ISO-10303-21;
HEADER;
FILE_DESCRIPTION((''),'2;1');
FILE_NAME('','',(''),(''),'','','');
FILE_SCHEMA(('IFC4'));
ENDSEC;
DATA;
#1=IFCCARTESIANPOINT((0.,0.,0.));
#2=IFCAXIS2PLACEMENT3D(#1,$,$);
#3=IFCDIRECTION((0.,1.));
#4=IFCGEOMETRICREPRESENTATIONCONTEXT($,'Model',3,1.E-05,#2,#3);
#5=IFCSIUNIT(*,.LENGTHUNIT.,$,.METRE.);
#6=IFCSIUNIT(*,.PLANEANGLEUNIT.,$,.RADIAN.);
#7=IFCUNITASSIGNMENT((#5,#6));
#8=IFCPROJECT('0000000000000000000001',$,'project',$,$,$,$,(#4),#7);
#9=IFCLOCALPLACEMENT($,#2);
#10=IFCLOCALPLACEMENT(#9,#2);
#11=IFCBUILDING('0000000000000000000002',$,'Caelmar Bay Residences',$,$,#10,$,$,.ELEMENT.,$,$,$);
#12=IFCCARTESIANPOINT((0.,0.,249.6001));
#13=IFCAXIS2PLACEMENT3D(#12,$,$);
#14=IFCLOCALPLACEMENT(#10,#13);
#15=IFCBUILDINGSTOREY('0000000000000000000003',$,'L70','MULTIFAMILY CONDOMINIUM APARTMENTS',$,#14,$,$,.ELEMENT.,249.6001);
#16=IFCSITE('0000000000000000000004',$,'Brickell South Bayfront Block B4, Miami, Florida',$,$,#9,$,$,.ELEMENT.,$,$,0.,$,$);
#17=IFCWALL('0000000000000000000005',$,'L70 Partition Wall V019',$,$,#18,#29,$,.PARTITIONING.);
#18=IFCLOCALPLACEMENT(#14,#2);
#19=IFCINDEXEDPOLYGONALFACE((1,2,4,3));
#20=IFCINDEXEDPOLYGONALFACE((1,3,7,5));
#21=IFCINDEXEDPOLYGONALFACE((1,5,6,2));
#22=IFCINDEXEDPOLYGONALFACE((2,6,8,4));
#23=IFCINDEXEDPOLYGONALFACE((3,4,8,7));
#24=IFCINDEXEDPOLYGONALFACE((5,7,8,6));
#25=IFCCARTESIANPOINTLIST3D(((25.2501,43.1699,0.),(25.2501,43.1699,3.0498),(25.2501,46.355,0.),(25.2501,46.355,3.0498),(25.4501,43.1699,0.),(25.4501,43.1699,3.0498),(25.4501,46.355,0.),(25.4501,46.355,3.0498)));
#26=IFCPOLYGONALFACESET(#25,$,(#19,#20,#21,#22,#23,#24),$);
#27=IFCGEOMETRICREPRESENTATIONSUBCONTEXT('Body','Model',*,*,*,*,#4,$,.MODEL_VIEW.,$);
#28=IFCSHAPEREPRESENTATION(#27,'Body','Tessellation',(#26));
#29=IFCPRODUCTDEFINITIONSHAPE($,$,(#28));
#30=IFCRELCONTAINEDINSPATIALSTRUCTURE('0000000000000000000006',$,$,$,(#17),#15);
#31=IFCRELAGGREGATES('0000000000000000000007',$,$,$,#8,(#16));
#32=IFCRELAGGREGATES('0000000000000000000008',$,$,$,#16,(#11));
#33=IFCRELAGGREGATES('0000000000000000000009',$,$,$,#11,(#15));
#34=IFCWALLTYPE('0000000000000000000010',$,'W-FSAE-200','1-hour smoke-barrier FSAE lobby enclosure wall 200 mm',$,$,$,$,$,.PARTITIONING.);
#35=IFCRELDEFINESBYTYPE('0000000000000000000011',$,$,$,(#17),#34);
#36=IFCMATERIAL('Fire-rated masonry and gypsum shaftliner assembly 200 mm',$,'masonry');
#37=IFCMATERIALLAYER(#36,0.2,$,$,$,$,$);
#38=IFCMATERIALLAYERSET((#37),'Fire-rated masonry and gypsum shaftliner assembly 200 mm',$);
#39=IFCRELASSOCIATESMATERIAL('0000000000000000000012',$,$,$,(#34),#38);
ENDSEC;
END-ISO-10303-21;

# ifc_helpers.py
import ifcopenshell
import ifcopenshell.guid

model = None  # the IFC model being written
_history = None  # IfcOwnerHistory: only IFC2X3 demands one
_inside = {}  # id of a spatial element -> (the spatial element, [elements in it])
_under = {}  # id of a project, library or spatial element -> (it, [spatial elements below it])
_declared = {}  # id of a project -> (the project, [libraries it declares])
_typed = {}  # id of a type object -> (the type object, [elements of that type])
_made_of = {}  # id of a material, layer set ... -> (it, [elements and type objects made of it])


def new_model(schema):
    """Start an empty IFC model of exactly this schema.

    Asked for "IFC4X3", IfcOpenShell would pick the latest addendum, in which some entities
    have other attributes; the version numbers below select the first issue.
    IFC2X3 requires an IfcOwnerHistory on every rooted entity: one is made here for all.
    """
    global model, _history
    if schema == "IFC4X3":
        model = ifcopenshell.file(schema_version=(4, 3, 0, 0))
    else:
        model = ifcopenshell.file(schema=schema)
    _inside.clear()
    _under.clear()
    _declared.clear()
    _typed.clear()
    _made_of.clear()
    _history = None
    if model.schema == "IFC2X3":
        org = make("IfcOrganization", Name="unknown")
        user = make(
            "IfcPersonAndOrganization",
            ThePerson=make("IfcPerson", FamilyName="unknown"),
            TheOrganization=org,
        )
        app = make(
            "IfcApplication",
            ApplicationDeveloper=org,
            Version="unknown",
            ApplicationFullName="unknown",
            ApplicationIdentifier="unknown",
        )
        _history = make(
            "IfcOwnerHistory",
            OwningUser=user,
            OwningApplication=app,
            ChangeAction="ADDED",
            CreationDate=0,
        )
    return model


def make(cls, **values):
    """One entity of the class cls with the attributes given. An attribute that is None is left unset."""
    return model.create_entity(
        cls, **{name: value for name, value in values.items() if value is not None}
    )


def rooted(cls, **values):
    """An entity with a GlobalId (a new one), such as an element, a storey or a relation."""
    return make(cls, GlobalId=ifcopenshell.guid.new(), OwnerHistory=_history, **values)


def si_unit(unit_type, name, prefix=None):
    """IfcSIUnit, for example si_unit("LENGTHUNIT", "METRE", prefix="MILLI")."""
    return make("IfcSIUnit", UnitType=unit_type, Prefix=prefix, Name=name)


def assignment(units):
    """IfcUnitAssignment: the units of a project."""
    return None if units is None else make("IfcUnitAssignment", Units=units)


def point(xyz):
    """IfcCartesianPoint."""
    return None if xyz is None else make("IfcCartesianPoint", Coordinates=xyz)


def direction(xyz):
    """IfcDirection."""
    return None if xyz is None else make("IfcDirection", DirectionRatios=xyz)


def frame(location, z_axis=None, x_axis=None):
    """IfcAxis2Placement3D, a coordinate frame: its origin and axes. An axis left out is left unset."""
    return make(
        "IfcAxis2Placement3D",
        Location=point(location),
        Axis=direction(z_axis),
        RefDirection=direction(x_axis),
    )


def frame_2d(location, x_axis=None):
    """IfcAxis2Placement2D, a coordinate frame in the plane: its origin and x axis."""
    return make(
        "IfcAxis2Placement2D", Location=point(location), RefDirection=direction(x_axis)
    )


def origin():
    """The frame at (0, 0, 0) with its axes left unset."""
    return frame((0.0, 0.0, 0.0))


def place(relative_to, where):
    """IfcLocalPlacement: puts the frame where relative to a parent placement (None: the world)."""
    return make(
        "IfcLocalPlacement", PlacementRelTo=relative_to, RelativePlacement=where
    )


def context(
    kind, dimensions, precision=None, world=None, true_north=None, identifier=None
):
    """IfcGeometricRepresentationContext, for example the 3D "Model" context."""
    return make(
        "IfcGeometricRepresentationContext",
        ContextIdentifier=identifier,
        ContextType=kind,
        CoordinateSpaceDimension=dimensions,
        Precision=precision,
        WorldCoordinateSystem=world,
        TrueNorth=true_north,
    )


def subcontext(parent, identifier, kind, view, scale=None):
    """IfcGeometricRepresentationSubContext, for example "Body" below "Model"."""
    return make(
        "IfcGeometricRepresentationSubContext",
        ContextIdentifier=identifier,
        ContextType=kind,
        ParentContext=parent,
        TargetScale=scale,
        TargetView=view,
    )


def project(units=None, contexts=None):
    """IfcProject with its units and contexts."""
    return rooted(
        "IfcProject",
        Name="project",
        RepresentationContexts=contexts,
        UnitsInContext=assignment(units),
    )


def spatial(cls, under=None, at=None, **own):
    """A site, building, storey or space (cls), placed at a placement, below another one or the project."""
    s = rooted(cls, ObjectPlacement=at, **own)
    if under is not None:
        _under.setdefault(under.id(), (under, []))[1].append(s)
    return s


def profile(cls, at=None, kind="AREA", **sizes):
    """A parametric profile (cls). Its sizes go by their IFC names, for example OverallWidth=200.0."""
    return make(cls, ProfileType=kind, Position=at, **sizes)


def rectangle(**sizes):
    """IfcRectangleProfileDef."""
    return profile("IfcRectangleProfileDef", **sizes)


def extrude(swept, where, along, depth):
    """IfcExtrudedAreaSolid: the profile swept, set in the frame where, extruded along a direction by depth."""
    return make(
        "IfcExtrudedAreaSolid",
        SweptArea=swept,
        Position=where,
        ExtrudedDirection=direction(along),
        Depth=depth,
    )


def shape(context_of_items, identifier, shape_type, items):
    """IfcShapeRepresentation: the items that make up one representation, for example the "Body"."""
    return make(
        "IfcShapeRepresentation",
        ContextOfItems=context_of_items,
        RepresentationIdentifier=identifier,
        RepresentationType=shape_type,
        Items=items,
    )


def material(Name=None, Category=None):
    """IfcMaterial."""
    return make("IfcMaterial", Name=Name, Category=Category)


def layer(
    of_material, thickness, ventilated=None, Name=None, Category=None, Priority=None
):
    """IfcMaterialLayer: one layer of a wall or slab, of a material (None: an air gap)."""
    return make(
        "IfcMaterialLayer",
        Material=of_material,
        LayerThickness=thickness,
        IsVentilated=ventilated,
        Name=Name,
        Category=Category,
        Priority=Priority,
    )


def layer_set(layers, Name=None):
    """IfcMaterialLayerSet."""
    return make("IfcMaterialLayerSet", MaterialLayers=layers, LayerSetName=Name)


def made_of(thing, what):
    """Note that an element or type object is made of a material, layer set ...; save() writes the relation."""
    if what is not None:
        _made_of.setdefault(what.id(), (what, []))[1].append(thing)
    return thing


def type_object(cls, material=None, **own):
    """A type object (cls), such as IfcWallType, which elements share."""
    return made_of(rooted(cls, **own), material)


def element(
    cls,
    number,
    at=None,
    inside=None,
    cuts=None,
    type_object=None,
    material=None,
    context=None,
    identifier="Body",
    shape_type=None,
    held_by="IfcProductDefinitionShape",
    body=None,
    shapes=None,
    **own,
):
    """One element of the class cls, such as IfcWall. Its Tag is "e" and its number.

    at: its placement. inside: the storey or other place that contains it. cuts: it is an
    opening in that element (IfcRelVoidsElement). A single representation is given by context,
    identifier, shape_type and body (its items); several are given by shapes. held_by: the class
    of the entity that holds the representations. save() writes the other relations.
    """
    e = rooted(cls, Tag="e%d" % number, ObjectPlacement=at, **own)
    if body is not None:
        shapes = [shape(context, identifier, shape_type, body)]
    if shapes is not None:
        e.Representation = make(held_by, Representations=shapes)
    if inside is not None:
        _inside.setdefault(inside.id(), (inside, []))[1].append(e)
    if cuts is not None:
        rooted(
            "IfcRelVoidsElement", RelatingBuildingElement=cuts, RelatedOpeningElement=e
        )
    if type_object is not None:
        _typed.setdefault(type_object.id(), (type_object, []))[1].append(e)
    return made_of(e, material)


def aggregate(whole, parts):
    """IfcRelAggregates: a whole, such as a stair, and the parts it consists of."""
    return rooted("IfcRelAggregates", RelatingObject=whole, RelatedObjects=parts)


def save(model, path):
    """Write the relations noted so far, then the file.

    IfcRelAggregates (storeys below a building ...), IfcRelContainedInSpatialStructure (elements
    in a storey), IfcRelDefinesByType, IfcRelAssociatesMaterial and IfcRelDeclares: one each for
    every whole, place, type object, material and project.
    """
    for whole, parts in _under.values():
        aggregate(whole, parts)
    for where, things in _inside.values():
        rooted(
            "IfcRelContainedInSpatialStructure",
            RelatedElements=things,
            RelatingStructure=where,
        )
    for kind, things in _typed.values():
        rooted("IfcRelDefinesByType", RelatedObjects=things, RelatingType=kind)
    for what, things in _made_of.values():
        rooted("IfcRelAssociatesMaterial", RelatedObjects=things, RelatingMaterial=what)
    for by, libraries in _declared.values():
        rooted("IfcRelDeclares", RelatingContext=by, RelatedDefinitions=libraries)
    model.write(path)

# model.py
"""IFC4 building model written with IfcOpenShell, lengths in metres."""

from ifc_helpers import new_model, si_unit, direction, frame, frame_2d, origin, place, context, subcontext, project, spatial, rectangle, extrude, material, layer, layer_set, type_object, element, save


model = new_model("IFC4")

# Units and contexts
model_context = context("Model", 3, precision=1e-05, world=origin(), true_north=direction((0.0, 1.0)))
body_context = subcontext(model_context, "Body", "Model", "MODEL_VIEW")
ifc_project = project(units=[si_unit("LENGTHUNIT", "METRE"), si_unit("PLANEANGLEUNIT", "RADIAN")], contexts=[model_context])

# Site, building, storey
site_placement = place(None, origin())
site = spatial("IfcSite", under=ifc_project, at=site_placement, Name="Brickell South Bayfront Block B4, Miami, Florida", CompositionType="ELEMENT", RefElevation=0.0)
building_placement = place(site_placement, origin())
building = spatial("IfcBuilding", under=site, at=building_placement, Name="Caelmar Bay Residences", CompositionType="ELEMENT")
storey_placement = place(building_placement, frame((0.0, 0.0, 249.6001)))
storey = spatial("IfcBuildingStorey", under=building, at=storey_placement, Name="L70", Description="MULTIFAMILY CONDOMINIUM APARTMENTS", CompositionType="ELEMENT", Elevation=249.6001)

# Wall
ifc_material_1 = material(Name="Fire-rated masonry and gypsum shaftliner assembly 200 mm", Category="masonry")
ifc_layer_1 = layer(ifc_material_1, 0.2)
ifc_layer_set_1 = layer_set([ifc_layer_1], Name="Fire-rated masonry and gypsum shaftliner assembly 200 mm")
wall_type_1 = type_object("IfcWallType", Name="W-FSAE-200", Description="1-hour smoke-barrier FSAE lobby enclosure wall 200 mm", PredefinedType="PARTITIONING", material=ifc_layer_set_1)
wall_1_placement = place(storey_placement, frame((25.3501, 43.1699, 0.0), z_axis=(0.0, 0.0, 1.0), x_axis=(0.0, 1.0, 0.0)))
element("IfcWall", 1, at=wall_1_placement, inside=storey, type_object=wall_type_1, Name="L70 Partition Wall V019", PredefinedType="PARTITIONING", context=body_context, shape_type="SweptSolid", body=[
    extrude(rectangle(XDim=3.1851, YDim=0.2, at=frame_2d((1.5925, 0.0))), origin(), (0.0, 0.0, 1.0), 3.0498),
])

save(model, "model.ifc")
